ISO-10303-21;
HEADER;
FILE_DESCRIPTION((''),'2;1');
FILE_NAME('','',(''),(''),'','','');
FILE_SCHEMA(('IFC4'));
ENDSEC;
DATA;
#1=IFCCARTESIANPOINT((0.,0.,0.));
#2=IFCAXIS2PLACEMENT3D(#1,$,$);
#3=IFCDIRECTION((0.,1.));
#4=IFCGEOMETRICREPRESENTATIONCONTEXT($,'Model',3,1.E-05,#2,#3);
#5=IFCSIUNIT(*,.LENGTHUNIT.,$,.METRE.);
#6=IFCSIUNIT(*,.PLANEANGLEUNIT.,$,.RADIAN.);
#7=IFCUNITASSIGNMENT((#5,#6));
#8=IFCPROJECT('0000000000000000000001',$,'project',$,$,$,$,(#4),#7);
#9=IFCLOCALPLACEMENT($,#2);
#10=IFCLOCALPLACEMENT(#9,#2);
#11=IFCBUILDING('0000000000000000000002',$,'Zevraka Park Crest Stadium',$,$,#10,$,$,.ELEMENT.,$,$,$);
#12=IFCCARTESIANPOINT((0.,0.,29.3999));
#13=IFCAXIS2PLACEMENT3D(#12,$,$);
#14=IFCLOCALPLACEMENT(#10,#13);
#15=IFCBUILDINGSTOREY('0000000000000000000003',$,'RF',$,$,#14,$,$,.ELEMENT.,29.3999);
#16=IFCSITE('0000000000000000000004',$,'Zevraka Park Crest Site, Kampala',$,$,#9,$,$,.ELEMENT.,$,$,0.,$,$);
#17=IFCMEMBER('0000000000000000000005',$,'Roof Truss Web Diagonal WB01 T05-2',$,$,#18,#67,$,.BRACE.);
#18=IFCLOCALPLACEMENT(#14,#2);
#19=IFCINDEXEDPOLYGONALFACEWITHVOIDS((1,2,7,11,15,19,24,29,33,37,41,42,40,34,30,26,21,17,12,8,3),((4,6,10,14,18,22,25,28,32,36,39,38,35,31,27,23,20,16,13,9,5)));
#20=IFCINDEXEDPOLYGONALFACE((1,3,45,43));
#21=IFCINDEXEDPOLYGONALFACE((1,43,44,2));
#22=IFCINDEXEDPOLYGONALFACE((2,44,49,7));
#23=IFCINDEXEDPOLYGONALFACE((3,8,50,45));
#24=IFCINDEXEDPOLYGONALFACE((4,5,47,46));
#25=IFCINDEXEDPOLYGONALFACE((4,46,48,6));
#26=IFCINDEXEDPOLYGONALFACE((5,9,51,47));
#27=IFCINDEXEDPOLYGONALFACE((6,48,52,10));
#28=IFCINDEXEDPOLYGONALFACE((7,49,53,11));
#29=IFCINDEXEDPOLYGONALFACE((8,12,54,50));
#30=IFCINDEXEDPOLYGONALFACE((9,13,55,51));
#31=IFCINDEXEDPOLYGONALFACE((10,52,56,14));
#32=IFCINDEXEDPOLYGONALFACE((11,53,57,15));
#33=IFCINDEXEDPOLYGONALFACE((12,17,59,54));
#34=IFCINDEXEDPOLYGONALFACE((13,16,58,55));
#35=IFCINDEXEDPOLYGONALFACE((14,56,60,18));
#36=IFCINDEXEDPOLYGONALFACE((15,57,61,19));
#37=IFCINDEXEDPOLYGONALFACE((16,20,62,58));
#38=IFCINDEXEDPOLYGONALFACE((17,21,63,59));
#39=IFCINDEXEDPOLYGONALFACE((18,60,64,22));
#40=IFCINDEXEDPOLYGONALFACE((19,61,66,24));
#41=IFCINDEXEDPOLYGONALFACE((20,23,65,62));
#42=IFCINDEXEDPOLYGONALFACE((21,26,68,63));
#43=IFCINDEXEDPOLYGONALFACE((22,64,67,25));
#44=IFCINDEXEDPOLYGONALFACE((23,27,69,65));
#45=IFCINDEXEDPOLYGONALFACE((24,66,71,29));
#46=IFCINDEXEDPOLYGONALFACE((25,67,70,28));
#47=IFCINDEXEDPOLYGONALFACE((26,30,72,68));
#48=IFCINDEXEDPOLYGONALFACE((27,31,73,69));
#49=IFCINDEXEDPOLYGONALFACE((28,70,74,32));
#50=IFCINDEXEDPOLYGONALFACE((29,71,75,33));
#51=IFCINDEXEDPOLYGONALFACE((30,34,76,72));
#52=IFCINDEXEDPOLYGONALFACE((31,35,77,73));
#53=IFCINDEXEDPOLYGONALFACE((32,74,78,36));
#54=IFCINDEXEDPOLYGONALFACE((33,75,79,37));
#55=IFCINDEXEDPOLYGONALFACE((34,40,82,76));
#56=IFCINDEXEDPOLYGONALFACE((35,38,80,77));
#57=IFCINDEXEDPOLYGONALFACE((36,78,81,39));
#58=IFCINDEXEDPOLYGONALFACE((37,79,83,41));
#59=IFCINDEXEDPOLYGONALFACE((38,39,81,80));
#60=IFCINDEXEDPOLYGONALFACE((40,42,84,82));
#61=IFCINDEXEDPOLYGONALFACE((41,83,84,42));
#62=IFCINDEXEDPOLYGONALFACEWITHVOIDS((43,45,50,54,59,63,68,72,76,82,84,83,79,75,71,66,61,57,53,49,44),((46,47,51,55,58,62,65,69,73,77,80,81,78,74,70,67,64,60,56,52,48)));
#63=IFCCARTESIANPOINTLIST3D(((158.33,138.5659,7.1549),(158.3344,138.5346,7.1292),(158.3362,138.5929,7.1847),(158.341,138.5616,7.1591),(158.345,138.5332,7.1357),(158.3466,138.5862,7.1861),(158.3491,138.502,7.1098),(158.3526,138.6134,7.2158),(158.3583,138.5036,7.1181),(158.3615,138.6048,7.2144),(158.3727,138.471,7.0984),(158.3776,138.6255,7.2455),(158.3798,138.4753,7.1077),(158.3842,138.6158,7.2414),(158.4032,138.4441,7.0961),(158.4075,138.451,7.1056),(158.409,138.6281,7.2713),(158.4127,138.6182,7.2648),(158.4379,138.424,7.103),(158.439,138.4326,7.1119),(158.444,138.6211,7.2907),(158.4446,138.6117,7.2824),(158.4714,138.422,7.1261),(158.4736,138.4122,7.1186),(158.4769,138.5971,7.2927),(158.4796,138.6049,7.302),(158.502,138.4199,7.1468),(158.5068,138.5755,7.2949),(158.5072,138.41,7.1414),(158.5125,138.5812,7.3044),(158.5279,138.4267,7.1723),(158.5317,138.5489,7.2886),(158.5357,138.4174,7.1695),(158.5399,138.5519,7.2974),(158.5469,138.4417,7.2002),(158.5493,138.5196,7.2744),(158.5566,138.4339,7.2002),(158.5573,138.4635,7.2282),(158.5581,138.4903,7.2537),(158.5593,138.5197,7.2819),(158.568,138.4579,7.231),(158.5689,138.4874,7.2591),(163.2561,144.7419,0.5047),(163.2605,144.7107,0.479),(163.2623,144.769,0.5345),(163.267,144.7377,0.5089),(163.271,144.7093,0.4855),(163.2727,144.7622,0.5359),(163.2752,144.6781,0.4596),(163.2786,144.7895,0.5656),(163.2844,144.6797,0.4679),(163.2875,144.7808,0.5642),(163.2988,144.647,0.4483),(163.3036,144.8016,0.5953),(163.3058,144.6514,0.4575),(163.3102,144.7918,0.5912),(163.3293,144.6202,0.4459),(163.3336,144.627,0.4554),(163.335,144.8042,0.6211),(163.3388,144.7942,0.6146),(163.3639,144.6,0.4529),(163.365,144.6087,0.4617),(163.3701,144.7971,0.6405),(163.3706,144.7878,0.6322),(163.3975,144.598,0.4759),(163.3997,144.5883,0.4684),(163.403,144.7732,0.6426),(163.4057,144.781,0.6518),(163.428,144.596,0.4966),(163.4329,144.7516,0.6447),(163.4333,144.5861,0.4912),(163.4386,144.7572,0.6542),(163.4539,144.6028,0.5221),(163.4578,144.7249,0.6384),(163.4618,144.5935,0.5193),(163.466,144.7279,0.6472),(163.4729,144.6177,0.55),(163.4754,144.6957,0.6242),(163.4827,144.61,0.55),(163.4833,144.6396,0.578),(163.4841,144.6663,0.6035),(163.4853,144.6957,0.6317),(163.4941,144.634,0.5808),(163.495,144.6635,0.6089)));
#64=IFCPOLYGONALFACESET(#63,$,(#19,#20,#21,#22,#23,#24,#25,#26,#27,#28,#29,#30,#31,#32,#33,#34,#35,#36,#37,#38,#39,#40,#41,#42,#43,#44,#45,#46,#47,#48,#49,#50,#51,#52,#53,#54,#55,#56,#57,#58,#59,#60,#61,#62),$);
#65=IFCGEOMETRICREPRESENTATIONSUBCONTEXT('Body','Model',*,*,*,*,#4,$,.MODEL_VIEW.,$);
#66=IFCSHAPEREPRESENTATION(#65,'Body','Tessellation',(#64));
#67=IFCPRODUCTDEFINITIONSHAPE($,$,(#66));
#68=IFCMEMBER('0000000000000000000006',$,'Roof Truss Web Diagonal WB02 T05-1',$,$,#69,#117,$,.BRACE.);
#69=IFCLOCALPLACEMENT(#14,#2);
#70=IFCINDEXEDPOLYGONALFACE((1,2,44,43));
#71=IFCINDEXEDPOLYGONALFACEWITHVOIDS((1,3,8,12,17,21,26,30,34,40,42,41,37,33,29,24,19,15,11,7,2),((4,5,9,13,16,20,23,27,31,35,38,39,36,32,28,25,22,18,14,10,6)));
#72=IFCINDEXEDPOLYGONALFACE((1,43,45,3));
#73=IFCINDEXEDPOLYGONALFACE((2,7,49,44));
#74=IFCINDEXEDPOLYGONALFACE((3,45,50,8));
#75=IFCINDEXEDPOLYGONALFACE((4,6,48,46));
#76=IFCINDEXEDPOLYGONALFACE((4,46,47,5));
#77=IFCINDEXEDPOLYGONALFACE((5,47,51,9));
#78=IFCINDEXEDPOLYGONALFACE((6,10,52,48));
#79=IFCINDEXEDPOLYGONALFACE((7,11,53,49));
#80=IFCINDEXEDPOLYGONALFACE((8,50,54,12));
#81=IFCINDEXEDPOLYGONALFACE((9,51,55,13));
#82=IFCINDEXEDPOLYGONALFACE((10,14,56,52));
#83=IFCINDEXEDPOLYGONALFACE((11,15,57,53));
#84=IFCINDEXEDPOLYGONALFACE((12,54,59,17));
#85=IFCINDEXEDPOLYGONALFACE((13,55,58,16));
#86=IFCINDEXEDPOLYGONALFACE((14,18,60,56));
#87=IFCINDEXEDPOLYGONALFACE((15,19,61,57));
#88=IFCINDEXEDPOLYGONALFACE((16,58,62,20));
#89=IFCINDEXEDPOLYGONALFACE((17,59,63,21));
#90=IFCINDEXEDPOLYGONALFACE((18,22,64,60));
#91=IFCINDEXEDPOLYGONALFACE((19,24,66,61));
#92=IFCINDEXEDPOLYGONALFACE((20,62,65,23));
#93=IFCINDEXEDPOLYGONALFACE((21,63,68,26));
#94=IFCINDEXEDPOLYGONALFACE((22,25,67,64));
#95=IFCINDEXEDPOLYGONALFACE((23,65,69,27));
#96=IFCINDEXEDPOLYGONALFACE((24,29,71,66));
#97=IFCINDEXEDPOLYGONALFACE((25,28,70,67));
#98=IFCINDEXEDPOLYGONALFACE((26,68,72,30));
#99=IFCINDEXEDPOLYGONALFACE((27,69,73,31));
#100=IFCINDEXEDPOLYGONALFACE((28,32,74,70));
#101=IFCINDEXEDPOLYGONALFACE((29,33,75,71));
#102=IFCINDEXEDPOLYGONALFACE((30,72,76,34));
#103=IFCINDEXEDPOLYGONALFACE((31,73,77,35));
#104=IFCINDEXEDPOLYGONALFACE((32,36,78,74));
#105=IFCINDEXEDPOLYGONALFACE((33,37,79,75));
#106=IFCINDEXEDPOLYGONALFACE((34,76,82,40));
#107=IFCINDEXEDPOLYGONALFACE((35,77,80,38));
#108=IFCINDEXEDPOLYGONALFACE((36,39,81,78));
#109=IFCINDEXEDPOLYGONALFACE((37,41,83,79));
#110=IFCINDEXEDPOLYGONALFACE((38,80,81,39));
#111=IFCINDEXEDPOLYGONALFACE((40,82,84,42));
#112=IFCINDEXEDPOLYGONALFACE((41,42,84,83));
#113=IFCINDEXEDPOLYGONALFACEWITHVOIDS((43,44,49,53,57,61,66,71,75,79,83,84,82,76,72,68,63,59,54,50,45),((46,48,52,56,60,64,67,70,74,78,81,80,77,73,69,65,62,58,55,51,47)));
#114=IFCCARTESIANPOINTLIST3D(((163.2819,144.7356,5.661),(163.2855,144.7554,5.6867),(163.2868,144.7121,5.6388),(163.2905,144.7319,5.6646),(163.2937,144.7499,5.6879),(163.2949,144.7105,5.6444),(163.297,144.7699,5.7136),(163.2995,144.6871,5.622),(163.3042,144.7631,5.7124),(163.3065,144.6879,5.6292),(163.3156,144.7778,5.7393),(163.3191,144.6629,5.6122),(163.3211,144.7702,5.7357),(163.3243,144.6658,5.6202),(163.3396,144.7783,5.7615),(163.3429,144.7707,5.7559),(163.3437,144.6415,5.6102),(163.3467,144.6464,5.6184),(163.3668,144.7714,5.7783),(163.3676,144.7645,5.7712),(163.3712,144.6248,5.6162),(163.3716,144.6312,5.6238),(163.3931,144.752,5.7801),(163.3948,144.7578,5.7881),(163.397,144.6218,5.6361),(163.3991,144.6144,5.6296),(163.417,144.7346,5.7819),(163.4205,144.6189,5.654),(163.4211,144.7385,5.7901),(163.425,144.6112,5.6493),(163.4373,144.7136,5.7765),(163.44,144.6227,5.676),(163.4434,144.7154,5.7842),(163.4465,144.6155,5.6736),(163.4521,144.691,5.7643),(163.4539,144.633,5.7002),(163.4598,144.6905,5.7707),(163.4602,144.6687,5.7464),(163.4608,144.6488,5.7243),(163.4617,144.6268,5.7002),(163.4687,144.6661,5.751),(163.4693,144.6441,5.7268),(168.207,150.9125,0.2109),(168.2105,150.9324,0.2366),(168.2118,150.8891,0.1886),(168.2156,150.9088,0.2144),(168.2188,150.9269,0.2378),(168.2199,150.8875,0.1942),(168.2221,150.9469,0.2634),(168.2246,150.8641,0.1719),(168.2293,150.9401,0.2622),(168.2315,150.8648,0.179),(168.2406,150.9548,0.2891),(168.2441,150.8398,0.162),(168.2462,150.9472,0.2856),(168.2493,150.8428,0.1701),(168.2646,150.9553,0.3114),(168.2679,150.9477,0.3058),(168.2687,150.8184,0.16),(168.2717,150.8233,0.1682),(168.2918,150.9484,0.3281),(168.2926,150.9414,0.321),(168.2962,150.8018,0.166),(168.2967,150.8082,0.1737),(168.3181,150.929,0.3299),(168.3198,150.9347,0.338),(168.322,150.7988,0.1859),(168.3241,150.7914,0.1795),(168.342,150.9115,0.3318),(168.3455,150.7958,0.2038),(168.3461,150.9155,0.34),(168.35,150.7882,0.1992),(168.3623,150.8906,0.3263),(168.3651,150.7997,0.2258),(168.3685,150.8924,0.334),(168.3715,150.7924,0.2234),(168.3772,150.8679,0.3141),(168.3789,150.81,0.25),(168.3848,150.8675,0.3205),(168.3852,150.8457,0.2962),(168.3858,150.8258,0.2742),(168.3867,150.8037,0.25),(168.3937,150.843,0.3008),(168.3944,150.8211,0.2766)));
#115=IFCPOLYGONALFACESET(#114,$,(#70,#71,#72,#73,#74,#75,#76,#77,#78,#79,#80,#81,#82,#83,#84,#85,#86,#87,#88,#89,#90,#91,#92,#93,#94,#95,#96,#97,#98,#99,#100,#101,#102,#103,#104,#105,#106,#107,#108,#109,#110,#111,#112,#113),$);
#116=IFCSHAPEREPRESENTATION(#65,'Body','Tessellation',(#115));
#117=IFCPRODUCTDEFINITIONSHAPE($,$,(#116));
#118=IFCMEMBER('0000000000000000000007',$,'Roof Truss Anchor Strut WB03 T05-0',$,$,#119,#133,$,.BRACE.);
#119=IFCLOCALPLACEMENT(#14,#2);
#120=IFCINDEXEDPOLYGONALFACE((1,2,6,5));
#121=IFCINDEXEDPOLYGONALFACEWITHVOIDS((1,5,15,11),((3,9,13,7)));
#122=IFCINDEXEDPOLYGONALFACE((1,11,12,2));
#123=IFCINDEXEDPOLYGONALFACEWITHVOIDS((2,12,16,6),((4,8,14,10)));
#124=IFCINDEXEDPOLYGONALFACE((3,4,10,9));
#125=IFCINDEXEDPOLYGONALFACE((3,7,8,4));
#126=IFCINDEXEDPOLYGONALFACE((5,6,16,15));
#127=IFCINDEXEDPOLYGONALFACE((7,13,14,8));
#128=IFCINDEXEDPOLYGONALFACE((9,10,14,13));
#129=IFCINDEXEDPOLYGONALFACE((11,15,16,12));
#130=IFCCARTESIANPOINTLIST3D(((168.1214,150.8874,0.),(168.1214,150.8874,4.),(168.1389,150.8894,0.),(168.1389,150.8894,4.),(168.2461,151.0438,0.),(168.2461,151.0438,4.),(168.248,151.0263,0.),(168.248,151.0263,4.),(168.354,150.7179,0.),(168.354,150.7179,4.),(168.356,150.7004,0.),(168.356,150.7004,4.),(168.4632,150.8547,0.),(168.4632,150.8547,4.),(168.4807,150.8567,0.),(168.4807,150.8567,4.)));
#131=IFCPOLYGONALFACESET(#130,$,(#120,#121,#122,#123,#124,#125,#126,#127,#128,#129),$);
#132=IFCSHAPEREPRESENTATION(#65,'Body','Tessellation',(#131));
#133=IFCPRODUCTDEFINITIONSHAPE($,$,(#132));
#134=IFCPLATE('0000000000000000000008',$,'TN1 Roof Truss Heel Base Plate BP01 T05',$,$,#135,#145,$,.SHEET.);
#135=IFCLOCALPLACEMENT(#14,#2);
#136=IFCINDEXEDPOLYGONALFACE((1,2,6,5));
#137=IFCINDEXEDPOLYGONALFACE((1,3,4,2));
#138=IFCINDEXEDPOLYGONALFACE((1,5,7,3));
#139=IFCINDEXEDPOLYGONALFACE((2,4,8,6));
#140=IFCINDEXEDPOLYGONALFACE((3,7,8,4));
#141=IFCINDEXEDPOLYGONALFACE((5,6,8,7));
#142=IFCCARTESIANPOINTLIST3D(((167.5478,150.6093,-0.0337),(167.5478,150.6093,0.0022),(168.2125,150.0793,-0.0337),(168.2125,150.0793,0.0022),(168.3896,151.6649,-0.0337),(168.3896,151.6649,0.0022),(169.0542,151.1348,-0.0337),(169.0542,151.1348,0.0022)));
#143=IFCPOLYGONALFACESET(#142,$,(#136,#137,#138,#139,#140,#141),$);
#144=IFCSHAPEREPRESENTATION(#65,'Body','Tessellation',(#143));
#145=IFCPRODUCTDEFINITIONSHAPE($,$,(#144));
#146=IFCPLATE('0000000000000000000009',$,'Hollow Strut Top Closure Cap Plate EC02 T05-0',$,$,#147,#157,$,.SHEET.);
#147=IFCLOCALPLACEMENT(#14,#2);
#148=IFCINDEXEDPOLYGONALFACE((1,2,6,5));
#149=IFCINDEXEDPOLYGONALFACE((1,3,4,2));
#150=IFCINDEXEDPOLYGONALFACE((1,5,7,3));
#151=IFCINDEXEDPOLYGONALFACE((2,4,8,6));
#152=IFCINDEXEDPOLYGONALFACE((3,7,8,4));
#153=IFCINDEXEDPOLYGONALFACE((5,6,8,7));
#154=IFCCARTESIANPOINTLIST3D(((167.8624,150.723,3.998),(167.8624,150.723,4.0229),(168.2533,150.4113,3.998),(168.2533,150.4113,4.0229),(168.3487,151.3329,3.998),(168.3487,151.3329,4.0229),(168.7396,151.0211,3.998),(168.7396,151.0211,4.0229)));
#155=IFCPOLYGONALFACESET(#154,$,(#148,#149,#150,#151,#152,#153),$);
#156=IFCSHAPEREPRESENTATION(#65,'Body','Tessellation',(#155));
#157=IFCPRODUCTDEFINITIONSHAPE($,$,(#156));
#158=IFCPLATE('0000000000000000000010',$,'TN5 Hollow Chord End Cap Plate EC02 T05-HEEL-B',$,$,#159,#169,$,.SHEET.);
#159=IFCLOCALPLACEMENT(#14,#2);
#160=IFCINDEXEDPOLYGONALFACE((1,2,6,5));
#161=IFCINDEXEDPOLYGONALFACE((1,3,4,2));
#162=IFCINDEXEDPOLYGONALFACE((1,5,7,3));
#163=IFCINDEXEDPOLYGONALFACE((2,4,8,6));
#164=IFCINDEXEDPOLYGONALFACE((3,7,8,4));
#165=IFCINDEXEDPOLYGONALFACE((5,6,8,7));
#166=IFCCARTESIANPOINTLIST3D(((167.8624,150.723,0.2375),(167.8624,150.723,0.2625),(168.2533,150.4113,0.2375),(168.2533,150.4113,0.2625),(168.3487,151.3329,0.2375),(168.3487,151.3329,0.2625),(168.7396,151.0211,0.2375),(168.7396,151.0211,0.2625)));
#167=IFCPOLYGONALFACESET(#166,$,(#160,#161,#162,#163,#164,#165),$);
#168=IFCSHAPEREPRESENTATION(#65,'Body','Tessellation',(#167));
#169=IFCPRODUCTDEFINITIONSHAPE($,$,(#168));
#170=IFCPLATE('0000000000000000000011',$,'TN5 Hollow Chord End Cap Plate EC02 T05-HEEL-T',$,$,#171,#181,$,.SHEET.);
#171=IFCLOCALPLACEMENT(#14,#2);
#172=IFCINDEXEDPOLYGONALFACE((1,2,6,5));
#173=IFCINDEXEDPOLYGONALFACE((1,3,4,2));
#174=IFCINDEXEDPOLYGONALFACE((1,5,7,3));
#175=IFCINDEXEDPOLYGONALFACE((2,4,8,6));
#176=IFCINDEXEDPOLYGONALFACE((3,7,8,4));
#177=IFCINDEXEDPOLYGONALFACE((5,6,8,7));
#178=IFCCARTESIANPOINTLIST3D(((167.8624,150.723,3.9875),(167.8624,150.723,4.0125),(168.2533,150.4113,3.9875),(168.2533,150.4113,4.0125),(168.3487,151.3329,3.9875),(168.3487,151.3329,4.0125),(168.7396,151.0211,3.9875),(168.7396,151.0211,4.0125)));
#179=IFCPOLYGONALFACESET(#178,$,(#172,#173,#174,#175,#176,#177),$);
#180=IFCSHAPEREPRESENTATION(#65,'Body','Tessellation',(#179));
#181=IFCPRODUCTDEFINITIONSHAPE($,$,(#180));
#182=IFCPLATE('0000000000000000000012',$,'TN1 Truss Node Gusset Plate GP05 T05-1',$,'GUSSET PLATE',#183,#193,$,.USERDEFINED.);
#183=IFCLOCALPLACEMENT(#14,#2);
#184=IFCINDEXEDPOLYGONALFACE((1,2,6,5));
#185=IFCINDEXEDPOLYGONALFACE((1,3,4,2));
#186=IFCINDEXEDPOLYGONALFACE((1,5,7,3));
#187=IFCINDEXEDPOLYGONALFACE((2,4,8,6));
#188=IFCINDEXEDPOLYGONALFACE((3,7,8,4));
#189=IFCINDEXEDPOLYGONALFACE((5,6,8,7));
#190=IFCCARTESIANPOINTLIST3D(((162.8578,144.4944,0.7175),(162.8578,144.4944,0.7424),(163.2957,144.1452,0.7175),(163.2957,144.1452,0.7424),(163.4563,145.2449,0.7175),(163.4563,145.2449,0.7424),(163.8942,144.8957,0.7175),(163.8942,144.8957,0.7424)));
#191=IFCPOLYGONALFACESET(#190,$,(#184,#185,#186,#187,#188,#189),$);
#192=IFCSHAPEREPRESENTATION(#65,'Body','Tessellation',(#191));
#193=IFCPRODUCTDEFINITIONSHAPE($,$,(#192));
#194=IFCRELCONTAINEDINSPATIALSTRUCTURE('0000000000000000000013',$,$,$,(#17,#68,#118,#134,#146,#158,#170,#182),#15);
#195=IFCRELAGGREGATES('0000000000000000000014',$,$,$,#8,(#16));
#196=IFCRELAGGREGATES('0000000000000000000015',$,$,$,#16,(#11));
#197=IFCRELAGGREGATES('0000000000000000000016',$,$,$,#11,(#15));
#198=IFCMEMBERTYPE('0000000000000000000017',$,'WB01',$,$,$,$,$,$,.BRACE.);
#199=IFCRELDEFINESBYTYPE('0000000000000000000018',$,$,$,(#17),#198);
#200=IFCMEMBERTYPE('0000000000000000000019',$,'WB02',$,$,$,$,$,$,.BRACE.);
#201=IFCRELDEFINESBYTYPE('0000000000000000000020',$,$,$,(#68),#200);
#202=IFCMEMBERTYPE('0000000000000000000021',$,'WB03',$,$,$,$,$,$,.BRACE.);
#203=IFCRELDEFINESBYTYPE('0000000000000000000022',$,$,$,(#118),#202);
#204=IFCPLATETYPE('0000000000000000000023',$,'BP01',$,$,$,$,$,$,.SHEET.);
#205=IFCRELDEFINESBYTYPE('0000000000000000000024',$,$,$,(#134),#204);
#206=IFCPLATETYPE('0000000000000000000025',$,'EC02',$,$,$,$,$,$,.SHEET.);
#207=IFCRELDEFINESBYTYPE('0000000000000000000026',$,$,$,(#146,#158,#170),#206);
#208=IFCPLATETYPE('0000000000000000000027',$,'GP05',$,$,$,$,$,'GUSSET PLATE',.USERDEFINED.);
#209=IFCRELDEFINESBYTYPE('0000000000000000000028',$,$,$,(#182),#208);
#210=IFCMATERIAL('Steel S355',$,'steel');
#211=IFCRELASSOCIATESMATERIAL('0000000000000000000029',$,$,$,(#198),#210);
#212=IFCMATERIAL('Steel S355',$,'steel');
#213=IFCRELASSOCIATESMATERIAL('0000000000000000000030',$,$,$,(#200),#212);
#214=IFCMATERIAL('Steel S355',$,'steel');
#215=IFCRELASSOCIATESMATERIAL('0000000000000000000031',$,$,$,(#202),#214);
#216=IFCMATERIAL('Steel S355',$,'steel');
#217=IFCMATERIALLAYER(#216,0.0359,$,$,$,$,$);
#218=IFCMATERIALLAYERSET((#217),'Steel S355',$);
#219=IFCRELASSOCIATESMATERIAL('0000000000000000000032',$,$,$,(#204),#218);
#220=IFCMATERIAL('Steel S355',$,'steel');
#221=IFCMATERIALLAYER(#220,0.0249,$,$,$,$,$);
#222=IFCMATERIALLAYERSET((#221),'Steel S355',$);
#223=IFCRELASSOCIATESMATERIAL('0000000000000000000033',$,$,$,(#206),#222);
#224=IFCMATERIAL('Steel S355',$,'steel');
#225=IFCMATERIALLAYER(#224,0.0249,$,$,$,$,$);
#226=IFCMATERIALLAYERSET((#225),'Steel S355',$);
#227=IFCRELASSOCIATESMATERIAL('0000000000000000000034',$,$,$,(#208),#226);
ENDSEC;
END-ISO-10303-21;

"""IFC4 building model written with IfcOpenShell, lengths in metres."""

from ifc_helpers import new_model, si_unit, direction, frame, origin, origin_2d, place, context, subcontext, project, spatial, rectangle, hollow_rectangle, hollow_circle, extrude, material, layer, layer_set, material_profile, profile_set, type_object, element, save


model = new_model("IFC4")

# Units and contexts
model_context = context("Model", 3, precision=1e-05, world=origin(), true_north=direction((0.0, 1.0)))
body_context = subcontext(model_context, "Body", "Model", "MODEL_VIEW")
ifc_project = project(units=[si_unit("LENGTHUNIT", "METRE"), si_unit("PLANEANGLEUNIT", "RADIAN")], contexts=[model_context])

# Site, building, storey
site_placement = place(None, origin())
site = spatial("IfcSite", under=ifc_project, at=site_placement, Name="Zevraka Park Crest Site, Kampala", CompositionType="ELEMENT", RefElevation=0.0)
building_placement = place(site_placement, origin())
building = spatial("IfcBuilding", under=site, at=building_placement, Name="Zevraka Park Crest Stadium", CompositionType="ELEMENT")
storey_placement = place(building_placement, frame((0.0, 0.0, 29.3999)))
storey = spatial("IfcBuildingStorey", under=building, at=storey_placement, Name="RF", CompositionType="ELEMENT", Elevation=29.3999)

# Members
ifc_material_1 = material(Name="Steel S355", Category="steel")
ifc_material_profile_1 = material_profile(ifc_material_1, hollow_circle(Radius=0.1365, WallThickness=0.0125, at=origin_2d()), Name="CHS 273.0x12.5")
ifc_profile_set_1 = profile_set([ifc_material_profile_1], Name="Steel S355")
member_type_1 = type_object("IfcMemberType", Name="WB01", PredefinedType="BRACE", material=ifc_profile_set_1)
member_1_placement = place(storey_placement, frame((163.376, 144.6951, 0.55), z_axis=(-0.477035, -0.598084, 0.643998), x_axis=(0.781782, -0.623552, 0.0)))
element("IfcMember", 1, at=member_1_placement, inside=storey, type_object=member_type_1, Name="Roof Truss Web Diagonal WB01 T05-2", PredefinedType="BRACE", context=body_context, shape_type="SweptSolid", body=[
    extrude(hollow_circle(Radius=0.1365, WallThickness=0.0125, at=origin_2d()), origin(), (0.0, 0.0, 1.0), 10.3264),
])
ifc_material_2 = material(Name="Steel S355", Category="steel")
ifc_material_profile_2 = material_profile(ifc_material_2, hollow_circle(Radius=0.1096, WallThickness=0.01, at=origin_2d()), Name="CHS 219.1x10")
ifc_profile_set_2 = profile_set([ifc_material_profile_2], Name="Steel S355")
member_type_2 = type_object("IfcMemberType", Name="WB02", PredefinedType="BRACE", material=ifc_profile_set_2)
member_2_placement = place(storey_placement, frame((168.301, 150.8721, 0.25), z_axis=(-0.513148, -0.643591, 0.567864), x_axis=(0.78189, -0.623417, 0.0)))
element("IfcMember", 2, at=member_2_placement, inside=storey, type_object=member_type_2, Name="Roof Truss Web Diagonal WB02 T05-1", PredefinedType="BRACE", context=body_context, shape_type="SweptSolid", body=[
    extrude(hollow_circle(Radius=0.1096, WallThickness=0.01, at=origin_2d()), origin(), (0.0, 0.0, 1.0), 9.5977),
])
ifc_material_3 = material(Name="Steel S355", Category="steel")
ifc_material_profile_3 = material_profile(ifc_material_3, hollow_rectangle(XDim=0.2, YDim=0.3, WallThickness=0.0125, at=origin_2d()), Name="RHS 300x200x12.5")
ifc_profile_set_3 = profile_set([ifc_material_profile_3], Name="Steel S355")
member_type_3 = type_object("IfcMemberType", Name="WB03", PredefinedType="BRACE", material=ifc_profile_set_3)
member_3_placement = place(storey_placement, frame((168.301, 150.8721, 0.0), z_axis=(0.0, 0.0, 1.0), x_axis=(0.62347, 0.781847, 0.0)))
element("IfcMember", 3, at=member_3_placement, inside=storey, type_object=member_type_3, Name="Roof Truss Anchor Strut WB03 T05-0", PredefinedType="BRACE", context=body_context, shape_type="SweptSolid", body=[
    extrude(hollow_rectangle(XDim=0.2, YDim=0.3, WallThickness=0.0125, at=origin_2d()), origin(), (0.0, 0.0, 1.0), 4.0),
])

# Plates
ifc_material_4 = material(Name="Steel S355", Category="steel")
ifc_layer_1 = layer(ifc_material_4, 0.0359)
ifc_layer_set_1 = layer_set([ifc_layer_1], Name="Steel S355")
plate_type_1 = type_object("IfcPlateType", Name="BP01", PredefinedType="SHEET", material=ifc_layer_set_1)
plate_1_placement = place(storey_placement, frame((168.301, 150.8721, -0.0337), z_axis=(0.0, 0.0, 1.0), x_axis=(0.62347, 0.781847, 0.0)))
element("IfcPlate", 4, at=plate_1_placement, inside=storey, type_object=plate_type_1, Name="TN1 Roof Truss Heel Base Plate BP01 T05", PredefinedType="SHEET", context=body_context, shape_type="SweptSolid", body=[
    extrude(rectangle(XDim=1.3501, YDim=0.8501, at=origin_2d()), origin(), (0.0, 0.0, 1.0), 0.0359),
])
ifc_material_5 = material(Name="Steel S355", Category="steel")
ifc_layer_2 = layer(ifc_material_5, 0.0249)
ifc_layer_set_2 = layer_set([ifc_layer_2], Name="Steel S355")
plate_type_2 = type_object("IfcPlateType", Name="EC02", PredefinedType="SHEET", material=ifc_layer_set_2)
for number, where, z_axis, x_axis, name in (
    (5, (168.301, 150.8721, 3.998), (0.0, 0.0, 1.0), (0.62347, 0.781847, 0.0), "Hollow Strut Top Closure Cap Plate EC02 T05-0"),
    (6, (168.301, 150.8721, 0.2375), (0.0, 0.0, 1.0), (0.62347, 0.781847, 0.0), "TN5 Hollow Chord End Cap Plate EC02 T05-HEEL-B"),
    (7, (168.301, 150.8721, 3.9875), (0.0, 0.0, 1.0), (0.62347, 0.781847, 0.0), "TN5 Hollow Chord End Cap Plate EC02 T05-HEEL-T"),
):
    element("IfcPlate", number, at=place(storey_placement, frame(where, z_axis=z_axis, x_axis=x_axis)), inside=storey, type_object=plate_type_2, Name=name, PredefinedType="SHEET", context=body_context, shape_type="SweptSolid", body=[
        extrude(rectangle(XDim=0.78, YDim=0.5, at=origin_2d()), origin(), (0.0, 0.0, 1.0), 0.0249),
    ])
ifc_material_6 = material(Name="Steel S355", Category="steel")
ifc_layer_3 = layer(ifc_material_6, 0.0249)
ifc_layer_set_3 = layer_set([ifc_layer_3], Name="Steel S355")
plate_type_3 = type_object("IfcPlateType", Name="GP05", ElementType="GUSSET PLATE", PredefinedType="USERDEFINED", material=ifc_layer_set_3)
plate_2_placement = place(storey_placement, frame((163.376, 144.6951, 0.7175), z_axis=(0.0, 0.0, 1.0), x_axis=(0.62347, 0.781847, 0.0)))
element("IfcPlate", 8, at=plate_2_placement, inside=storey, type_object=plate_type_3, Name="TN1 Truss Node Gusset Plate GP05 T05-1", ObjectType="GUSSET PLATE", PredefinedType="USERDEFINED", context=body_context, shape_type="SweptSolid", body=[
    extrude(rectangle(XDim=0.96, YDim=0.5601, at=origin_2d()), origin(), (0.0, 0.0, 1.0), 0.0249),
])

save(model, "model.ifc")
